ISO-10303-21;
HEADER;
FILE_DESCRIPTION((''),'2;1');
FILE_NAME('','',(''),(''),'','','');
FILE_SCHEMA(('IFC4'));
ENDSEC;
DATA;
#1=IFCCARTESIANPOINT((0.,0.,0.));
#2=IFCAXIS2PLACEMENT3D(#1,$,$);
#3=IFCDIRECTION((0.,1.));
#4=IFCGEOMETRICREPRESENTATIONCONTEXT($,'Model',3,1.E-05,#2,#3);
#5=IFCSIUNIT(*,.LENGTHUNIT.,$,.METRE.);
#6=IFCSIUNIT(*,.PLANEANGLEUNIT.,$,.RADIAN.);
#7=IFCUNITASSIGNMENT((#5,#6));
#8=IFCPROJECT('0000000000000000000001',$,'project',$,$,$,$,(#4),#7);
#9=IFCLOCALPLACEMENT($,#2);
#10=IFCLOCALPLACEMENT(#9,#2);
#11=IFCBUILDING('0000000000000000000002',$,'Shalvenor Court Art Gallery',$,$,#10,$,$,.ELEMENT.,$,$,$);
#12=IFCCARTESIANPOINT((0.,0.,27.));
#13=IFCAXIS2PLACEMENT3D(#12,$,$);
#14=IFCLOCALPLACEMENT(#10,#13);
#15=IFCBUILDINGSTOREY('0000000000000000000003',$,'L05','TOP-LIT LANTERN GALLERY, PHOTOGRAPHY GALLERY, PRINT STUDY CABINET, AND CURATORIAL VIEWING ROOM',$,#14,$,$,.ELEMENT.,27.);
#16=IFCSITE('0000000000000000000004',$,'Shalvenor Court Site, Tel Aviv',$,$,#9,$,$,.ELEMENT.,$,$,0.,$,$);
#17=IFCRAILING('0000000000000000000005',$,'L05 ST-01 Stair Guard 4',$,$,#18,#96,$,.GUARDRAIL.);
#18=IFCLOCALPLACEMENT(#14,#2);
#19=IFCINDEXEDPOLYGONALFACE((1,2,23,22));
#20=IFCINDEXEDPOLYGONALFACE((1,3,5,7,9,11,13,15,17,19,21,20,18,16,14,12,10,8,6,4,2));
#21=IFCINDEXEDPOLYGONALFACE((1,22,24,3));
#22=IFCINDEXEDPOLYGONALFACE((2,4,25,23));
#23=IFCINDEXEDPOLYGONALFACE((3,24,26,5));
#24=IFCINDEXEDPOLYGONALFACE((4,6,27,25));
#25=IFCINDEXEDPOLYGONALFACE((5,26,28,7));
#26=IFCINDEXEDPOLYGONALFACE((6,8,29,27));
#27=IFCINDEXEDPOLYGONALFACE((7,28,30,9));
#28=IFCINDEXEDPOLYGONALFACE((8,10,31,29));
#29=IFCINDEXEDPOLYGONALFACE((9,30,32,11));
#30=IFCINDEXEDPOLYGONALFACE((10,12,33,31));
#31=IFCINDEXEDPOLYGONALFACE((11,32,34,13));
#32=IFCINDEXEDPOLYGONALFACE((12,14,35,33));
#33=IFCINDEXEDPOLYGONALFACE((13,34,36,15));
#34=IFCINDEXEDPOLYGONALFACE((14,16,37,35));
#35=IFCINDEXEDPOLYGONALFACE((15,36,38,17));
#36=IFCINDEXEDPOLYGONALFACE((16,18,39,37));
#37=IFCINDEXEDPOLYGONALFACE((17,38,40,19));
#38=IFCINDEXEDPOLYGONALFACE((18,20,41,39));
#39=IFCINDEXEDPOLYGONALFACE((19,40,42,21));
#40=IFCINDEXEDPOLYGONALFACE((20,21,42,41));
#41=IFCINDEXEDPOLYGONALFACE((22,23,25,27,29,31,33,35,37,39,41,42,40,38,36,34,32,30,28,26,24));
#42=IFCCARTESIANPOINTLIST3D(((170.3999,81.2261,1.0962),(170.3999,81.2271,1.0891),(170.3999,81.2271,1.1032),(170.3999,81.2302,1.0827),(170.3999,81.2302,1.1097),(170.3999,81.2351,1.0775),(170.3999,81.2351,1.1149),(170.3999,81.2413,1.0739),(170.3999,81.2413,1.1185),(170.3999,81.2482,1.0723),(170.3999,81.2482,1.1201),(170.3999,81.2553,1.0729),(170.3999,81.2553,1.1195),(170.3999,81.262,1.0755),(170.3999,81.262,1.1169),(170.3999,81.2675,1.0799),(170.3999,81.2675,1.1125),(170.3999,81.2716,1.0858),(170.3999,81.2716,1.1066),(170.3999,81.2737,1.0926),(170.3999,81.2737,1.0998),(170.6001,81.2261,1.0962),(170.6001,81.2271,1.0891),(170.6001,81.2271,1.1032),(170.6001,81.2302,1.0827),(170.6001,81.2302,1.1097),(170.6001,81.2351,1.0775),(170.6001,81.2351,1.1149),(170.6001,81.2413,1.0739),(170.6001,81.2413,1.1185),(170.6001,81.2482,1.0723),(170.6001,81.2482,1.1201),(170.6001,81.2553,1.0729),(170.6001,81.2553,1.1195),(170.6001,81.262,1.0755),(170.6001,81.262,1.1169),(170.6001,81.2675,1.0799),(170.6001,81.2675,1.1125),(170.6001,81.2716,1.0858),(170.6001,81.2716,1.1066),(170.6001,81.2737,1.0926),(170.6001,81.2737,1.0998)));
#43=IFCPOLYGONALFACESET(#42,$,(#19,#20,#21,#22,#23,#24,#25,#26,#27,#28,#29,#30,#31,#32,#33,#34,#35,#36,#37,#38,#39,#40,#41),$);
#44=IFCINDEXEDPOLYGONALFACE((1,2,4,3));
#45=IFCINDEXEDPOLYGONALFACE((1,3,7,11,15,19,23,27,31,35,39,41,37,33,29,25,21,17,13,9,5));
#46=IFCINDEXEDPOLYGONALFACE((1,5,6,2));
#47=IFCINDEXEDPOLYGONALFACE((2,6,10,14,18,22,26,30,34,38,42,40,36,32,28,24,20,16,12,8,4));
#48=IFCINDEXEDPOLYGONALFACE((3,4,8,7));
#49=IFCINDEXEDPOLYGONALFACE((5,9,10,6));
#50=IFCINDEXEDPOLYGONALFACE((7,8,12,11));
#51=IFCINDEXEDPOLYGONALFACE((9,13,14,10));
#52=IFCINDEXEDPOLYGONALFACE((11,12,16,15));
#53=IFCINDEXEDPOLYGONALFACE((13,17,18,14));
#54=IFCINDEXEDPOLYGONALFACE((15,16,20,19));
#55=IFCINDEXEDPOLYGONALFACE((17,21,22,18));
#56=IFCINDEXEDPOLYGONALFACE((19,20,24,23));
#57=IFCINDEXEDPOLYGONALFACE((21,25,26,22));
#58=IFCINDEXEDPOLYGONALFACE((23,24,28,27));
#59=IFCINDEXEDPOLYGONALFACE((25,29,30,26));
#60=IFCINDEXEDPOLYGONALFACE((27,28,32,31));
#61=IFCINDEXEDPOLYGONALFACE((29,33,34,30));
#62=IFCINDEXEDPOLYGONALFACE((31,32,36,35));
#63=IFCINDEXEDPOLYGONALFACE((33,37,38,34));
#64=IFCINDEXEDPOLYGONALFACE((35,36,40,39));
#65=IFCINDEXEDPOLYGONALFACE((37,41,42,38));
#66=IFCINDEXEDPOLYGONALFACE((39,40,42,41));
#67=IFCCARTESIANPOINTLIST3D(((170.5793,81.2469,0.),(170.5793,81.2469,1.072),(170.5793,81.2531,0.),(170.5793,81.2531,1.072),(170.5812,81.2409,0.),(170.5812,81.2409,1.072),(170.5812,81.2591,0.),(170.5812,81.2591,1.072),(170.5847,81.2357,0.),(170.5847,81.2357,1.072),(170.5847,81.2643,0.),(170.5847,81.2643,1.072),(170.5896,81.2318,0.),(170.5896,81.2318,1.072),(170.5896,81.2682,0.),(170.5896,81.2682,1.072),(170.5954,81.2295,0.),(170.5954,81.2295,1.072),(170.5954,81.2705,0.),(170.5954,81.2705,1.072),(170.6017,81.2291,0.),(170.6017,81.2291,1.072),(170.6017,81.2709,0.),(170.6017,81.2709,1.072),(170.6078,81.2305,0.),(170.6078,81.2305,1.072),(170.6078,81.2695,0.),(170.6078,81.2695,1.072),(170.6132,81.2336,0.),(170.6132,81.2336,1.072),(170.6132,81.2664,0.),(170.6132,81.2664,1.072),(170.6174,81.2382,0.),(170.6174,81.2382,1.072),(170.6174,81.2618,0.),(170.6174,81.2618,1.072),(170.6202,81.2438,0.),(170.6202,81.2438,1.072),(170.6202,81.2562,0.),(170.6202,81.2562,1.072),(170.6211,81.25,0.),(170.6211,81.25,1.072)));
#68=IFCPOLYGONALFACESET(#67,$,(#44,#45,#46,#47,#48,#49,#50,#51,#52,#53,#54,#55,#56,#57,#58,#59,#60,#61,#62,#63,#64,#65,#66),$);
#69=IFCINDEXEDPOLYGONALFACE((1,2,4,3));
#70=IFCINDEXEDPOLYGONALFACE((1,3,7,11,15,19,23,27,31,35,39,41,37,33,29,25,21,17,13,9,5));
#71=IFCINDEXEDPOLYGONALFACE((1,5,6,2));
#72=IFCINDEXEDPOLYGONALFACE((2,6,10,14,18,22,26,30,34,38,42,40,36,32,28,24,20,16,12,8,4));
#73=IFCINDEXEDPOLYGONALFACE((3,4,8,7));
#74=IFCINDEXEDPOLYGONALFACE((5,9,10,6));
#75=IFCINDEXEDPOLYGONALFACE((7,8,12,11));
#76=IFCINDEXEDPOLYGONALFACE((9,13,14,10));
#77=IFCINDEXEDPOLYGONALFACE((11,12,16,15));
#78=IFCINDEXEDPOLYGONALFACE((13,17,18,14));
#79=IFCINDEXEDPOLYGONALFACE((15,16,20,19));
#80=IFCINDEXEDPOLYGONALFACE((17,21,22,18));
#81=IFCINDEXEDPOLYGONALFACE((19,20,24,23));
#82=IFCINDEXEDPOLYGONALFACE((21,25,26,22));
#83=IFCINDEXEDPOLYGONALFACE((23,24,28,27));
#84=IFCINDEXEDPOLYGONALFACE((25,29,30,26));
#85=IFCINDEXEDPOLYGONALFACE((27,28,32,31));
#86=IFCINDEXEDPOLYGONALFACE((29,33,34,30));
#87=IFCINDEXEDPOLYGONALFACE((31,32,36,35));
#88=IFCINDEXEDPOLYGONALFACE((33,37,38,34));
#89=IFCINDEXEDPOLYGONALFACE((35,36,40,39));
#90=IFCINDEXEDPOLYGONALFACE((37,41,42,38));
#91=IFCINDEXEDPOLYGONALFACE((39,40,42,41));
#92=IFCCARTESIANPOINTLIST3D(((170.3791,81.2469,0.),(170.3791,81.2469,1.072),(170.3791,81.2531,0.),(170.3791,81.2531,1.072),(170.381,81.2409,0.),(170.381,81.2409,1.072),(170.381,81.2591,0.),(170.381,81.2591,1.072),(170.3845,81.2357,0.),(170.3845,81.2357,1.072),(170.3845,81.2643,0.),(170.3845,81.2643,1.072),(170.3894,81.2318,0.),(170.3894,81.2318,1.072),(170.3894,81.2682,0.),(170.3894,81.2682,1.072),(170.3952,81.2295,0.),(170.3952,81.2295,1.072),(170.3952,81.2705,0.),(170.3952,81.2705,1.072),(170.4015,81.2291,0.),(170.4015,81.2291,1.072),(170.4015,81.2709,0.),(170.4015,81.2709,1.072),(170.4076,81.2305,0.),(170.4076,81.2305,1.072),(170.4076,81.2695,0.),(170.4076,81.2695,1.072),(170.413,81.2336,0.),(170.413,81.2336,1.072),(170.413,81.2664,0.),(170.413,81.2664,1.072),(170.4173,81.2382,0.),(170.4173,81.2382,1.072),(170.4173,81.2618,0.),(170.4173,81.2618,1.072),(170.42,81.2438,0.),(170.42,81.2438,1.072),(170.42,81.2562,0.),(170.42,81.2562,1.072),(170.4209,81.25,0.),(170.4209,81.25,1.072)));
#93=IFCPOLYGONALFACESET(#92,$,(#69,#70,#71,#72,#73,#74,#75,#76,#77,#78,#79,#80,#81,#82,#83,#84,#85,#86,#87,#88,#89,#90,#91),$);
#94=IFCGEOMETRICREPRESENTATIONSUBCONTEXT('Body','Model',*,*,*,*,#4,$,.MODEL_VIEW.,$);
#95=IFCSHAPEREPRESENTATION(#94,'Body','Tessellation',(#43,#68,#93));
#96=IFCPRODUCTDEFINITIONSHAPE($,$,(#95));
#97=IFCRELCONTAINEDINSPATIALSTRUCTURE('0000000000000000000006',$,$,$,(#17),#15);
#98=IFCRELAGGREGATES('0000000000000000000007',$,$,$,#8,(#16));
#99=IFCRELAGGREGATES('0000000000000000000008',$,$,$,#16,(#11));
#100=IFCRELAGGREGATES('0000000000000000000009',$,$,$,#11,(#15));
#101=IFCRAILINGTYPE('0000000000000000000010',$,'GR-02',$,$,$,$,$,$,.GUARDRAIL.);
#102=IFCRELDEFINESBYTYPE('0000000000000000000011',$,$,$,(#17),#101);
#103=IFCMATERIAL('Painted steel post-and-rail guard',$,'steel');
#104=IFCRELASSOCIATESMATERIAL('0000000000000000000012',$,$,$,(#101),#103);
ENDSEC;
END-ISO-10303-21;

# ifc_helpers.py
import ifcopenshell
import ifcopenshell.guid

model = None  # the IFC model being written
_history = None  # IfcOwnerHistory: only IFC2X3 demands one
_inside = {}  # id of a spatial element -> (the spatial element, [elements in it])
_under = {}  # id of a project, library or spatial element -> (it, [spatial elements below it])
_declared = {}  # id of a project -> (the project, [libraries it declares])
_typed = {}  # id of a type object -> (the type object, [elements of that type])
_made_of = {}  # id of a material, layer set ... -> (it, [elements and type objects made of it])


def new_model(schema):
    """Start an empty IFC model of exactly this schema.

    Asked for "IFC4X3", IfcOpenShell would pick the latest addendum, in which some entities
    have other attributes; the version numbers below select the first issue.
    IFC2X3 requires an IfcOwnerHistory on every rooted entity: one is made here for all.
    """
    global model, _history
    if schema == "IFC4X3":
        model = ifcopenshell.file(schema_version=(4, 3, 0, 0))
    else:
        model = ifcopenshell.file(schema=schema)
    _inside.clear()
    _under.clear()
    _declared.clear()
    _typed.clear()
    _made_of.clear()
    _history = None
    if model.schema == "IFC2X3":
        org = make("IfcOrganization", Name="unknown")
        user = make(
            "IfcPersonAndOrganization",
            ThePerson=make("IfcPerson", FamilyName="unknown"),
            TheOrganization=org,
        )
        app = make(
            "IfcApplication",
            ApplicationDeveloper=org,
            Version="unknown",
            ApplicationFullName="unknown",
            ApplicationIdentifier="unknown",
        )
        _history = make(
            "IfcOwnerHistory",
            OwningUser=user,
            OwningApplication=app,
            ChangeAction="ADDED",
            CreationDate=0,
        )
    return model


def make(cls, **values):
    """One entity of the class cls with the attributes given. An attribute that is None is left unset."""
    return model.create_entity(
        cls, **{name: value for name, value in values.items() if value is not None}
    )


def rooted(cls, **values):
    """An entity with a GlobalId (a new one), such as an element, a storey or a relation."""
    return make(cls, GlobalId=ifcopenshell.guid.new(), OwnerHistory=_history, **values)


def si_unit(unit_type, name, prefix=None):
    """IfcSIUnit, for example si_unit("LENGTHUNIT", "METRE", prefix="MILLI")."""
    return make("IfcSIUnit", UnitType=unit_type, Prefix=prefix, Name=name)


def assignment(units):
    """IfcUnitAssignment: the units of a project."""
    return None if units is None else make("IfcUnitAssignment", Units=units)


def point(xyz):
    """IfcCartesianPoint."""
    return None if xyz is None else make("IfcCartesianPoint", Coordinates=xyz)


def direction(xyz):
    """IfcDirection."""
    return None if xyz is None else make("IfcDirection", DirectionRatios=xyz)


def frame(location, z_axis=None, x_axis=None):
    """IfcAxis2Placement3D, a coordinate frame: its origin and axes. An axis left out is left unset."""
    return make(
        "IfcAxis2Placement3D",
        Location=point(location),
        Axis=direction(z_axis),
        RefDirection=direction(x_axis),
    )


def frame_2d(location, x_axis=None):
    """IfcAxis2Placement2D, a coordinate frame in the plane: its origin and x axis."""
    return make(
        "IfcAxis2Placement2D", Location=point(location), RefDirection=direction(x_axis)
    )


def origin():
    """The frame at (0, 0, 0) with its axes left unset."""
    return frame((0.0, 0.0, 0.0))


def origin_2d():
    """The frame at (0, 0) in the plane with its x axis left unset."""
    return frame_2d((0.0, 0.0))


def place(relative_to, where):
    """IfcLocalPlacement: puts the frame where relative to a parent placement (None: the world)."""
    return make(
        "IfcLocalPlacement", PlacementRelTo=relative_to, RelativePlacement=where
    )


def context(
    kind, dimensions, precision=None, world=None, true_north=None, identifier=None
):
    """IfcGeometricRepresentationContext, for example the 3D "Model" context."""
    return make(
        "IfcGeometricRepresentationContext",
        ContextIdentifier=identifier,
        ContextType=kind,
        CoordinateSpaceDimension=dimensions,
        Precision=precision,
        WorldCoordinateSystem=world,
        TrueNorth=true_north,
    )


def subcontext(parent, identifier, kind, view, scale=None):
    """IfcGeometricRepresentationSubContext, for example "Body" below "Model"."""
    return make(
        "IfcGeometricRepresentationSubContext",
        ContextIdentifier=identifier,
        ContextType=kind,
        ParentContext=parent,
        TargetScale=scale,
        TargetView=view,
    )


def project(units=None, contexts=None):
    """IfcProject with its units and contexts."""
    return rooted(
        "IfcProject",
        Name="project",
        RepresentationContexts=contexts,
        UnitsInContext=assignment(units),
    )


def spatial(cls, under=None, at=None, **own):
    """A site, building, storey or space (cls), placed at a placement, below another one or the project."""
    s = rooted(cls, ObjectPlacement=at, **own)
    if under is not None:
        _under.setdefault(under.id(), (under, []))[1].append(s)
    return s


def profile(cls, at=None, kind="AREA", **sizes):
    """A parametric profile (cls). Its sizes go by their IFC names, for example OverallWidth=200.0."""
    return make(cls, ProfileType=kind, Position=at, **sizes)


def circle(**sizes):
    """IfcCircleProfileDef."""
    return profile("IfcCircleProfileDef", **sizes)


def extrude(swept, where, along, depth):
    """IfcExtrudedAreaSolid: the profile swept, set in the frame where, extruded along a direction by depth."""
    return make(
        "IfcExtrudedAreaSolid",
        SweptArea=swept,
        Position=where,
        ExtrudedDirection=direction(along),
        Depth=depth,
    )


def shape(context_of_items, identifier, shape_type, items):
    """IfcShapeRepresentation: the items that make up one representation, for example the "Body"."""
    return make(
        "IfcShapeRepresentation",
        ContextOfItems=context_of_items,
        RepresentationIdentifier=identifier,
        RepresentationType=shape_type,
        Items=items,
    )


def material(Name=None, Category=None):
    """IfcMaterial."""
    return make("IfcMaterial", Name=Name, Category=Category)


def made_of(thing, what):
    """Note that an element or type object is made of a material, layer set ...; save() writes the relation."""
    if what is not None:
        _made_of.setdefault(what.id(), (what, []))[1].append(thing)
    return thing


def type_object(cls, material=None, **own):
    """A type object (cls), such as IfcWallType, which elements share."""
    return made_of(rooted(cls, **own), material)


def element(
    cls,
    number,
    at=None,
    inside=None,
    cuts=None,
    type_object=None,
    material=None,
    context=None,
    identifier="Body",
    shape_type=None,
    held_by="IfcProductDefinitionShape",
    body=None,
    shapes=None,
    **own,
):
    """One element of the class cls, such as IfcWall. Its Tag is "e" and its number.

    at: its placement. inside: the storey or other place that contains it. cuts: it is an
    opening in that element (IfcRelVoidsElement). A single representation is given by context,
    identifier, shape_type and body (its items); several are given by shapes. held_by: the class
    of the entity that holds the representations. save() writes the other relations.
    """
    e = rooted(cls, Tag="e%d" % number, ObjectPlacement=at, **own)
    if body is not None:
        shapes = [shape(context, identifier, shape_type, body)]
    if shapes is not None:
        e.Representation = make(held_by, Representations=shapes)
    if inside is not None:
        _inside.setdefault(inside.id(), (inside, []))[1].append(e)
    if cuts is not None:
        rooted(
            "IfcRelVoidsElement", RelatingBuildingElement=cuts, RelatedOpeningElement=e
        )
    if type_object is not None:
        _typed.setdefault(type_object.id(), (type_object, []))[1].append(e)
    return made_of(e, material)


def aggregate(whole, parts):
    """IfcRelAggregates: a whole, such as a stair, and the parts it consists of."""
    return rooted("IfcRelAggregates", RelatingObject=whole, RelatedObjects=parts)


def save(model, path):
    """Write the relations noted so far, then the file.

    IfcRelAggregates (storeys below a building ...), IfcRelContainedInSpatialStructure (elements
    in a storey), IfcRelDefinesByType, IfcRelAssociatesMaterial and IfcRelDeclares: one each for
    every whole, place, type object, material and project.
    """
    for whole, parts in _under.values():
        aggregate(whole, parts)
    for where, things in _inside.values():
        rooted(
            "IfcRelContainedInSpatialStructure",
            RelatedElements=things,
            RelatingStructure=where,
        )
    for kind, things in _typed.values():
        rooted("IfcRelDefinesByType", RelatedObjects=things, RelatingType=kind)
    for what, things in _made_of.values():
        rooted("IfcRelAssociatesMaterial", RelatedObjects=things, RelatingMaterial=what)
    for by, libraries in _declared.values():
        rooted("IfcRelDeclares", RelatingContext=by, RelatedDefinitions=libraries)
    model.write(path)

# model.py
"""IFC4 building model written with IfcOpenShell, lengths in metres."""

from ifc_helpers import new_model, si_unit, direction, frame, origin, origin_2d, place, context, subcontext, project, spatial, circle, extrude, material, type_object, element, save


model = new_model("IFC4")

# Units and contexts
model_context = context("Model", 3, precision=1e-05, world=origin(), true_north=direction((0.0, 1.0)))
body_context = subcontext(model_context, "Body", "Model", "MODEL_VIEW")
ifc_project = project(units=[si_unit("LENGTHUNIT", "METRE"), si_unit("PLANEANGLEUNIT", "RADIAN")], contexts=[model_context])

# Site, building, storey
site_placement = place(None, origin())
site = spatial("IfcSite", under=ifc_project, at=site_placement, Name="Shalvenor Court Site, Tel Aviv", CompositionType="ELEMENT", RefElevation=0.0)
building_placement = place(site_placement, origin())
building = spatial("IfcBuilding", under=site, at=building_placement, Name="Shalvenor Court Art Gallery", CompositionType="ELEMENT")
storey_placement = place(building_placement, frame((0.0, 0.0, 27.0)))
storey = spatial("IfcBuildingStorey", under=building, at=storey_placement, Name="L05", Description="TOP-LIT LANTERN GALLERY, PHOTOGRAPHY GALLERY, PRINT STUDY CABINET, AND CURATORIAL VIEWING ROOM", CompositionType="ELEMENT", Elevation=27.0)

# Railing
ifc_material_1 = material(Name="Painted steel post-and-rail guard", Category="steel")
railing_type_1 = type_object("IfcRailingType", Name="GR-02", PredefinedType="GUARDRAIL", material=ifc_material_1)
railing_1_placement = place(storey_placement, frame((170.6001, 81.25, 0.0)))
element("IfcRailing", 1, at=railing_1_placement, inside=storey, type_object=railing_type_1, Name="L05 ST-01 Stair Guard 4", PredefinedType="GUARDRAIL", context=body_context, shape_type="SweptSolid", body=[
    extrude(circle(Radius=0.0239, at=origin_2d()), frame((0.0, 0.0, 1.0962), z_axis=(-1.0, 0.0, 0.0), x_axis=(0.0, -1.0, 0.0)), (0.0, 0.0, 1.0), 0.2002),
    extrude(circle(Radius=0.021, at=origin_2d()), origin(), (0.0, 0.0, 1.0), 1.072),
    extrude(circle(Radius=0.021, at=origin_2d()), frame((-0.2002, 0.0, 0.0)), (0.0, 0.0, 1.0), 1.072),
])

save(model, "model.ifc")
